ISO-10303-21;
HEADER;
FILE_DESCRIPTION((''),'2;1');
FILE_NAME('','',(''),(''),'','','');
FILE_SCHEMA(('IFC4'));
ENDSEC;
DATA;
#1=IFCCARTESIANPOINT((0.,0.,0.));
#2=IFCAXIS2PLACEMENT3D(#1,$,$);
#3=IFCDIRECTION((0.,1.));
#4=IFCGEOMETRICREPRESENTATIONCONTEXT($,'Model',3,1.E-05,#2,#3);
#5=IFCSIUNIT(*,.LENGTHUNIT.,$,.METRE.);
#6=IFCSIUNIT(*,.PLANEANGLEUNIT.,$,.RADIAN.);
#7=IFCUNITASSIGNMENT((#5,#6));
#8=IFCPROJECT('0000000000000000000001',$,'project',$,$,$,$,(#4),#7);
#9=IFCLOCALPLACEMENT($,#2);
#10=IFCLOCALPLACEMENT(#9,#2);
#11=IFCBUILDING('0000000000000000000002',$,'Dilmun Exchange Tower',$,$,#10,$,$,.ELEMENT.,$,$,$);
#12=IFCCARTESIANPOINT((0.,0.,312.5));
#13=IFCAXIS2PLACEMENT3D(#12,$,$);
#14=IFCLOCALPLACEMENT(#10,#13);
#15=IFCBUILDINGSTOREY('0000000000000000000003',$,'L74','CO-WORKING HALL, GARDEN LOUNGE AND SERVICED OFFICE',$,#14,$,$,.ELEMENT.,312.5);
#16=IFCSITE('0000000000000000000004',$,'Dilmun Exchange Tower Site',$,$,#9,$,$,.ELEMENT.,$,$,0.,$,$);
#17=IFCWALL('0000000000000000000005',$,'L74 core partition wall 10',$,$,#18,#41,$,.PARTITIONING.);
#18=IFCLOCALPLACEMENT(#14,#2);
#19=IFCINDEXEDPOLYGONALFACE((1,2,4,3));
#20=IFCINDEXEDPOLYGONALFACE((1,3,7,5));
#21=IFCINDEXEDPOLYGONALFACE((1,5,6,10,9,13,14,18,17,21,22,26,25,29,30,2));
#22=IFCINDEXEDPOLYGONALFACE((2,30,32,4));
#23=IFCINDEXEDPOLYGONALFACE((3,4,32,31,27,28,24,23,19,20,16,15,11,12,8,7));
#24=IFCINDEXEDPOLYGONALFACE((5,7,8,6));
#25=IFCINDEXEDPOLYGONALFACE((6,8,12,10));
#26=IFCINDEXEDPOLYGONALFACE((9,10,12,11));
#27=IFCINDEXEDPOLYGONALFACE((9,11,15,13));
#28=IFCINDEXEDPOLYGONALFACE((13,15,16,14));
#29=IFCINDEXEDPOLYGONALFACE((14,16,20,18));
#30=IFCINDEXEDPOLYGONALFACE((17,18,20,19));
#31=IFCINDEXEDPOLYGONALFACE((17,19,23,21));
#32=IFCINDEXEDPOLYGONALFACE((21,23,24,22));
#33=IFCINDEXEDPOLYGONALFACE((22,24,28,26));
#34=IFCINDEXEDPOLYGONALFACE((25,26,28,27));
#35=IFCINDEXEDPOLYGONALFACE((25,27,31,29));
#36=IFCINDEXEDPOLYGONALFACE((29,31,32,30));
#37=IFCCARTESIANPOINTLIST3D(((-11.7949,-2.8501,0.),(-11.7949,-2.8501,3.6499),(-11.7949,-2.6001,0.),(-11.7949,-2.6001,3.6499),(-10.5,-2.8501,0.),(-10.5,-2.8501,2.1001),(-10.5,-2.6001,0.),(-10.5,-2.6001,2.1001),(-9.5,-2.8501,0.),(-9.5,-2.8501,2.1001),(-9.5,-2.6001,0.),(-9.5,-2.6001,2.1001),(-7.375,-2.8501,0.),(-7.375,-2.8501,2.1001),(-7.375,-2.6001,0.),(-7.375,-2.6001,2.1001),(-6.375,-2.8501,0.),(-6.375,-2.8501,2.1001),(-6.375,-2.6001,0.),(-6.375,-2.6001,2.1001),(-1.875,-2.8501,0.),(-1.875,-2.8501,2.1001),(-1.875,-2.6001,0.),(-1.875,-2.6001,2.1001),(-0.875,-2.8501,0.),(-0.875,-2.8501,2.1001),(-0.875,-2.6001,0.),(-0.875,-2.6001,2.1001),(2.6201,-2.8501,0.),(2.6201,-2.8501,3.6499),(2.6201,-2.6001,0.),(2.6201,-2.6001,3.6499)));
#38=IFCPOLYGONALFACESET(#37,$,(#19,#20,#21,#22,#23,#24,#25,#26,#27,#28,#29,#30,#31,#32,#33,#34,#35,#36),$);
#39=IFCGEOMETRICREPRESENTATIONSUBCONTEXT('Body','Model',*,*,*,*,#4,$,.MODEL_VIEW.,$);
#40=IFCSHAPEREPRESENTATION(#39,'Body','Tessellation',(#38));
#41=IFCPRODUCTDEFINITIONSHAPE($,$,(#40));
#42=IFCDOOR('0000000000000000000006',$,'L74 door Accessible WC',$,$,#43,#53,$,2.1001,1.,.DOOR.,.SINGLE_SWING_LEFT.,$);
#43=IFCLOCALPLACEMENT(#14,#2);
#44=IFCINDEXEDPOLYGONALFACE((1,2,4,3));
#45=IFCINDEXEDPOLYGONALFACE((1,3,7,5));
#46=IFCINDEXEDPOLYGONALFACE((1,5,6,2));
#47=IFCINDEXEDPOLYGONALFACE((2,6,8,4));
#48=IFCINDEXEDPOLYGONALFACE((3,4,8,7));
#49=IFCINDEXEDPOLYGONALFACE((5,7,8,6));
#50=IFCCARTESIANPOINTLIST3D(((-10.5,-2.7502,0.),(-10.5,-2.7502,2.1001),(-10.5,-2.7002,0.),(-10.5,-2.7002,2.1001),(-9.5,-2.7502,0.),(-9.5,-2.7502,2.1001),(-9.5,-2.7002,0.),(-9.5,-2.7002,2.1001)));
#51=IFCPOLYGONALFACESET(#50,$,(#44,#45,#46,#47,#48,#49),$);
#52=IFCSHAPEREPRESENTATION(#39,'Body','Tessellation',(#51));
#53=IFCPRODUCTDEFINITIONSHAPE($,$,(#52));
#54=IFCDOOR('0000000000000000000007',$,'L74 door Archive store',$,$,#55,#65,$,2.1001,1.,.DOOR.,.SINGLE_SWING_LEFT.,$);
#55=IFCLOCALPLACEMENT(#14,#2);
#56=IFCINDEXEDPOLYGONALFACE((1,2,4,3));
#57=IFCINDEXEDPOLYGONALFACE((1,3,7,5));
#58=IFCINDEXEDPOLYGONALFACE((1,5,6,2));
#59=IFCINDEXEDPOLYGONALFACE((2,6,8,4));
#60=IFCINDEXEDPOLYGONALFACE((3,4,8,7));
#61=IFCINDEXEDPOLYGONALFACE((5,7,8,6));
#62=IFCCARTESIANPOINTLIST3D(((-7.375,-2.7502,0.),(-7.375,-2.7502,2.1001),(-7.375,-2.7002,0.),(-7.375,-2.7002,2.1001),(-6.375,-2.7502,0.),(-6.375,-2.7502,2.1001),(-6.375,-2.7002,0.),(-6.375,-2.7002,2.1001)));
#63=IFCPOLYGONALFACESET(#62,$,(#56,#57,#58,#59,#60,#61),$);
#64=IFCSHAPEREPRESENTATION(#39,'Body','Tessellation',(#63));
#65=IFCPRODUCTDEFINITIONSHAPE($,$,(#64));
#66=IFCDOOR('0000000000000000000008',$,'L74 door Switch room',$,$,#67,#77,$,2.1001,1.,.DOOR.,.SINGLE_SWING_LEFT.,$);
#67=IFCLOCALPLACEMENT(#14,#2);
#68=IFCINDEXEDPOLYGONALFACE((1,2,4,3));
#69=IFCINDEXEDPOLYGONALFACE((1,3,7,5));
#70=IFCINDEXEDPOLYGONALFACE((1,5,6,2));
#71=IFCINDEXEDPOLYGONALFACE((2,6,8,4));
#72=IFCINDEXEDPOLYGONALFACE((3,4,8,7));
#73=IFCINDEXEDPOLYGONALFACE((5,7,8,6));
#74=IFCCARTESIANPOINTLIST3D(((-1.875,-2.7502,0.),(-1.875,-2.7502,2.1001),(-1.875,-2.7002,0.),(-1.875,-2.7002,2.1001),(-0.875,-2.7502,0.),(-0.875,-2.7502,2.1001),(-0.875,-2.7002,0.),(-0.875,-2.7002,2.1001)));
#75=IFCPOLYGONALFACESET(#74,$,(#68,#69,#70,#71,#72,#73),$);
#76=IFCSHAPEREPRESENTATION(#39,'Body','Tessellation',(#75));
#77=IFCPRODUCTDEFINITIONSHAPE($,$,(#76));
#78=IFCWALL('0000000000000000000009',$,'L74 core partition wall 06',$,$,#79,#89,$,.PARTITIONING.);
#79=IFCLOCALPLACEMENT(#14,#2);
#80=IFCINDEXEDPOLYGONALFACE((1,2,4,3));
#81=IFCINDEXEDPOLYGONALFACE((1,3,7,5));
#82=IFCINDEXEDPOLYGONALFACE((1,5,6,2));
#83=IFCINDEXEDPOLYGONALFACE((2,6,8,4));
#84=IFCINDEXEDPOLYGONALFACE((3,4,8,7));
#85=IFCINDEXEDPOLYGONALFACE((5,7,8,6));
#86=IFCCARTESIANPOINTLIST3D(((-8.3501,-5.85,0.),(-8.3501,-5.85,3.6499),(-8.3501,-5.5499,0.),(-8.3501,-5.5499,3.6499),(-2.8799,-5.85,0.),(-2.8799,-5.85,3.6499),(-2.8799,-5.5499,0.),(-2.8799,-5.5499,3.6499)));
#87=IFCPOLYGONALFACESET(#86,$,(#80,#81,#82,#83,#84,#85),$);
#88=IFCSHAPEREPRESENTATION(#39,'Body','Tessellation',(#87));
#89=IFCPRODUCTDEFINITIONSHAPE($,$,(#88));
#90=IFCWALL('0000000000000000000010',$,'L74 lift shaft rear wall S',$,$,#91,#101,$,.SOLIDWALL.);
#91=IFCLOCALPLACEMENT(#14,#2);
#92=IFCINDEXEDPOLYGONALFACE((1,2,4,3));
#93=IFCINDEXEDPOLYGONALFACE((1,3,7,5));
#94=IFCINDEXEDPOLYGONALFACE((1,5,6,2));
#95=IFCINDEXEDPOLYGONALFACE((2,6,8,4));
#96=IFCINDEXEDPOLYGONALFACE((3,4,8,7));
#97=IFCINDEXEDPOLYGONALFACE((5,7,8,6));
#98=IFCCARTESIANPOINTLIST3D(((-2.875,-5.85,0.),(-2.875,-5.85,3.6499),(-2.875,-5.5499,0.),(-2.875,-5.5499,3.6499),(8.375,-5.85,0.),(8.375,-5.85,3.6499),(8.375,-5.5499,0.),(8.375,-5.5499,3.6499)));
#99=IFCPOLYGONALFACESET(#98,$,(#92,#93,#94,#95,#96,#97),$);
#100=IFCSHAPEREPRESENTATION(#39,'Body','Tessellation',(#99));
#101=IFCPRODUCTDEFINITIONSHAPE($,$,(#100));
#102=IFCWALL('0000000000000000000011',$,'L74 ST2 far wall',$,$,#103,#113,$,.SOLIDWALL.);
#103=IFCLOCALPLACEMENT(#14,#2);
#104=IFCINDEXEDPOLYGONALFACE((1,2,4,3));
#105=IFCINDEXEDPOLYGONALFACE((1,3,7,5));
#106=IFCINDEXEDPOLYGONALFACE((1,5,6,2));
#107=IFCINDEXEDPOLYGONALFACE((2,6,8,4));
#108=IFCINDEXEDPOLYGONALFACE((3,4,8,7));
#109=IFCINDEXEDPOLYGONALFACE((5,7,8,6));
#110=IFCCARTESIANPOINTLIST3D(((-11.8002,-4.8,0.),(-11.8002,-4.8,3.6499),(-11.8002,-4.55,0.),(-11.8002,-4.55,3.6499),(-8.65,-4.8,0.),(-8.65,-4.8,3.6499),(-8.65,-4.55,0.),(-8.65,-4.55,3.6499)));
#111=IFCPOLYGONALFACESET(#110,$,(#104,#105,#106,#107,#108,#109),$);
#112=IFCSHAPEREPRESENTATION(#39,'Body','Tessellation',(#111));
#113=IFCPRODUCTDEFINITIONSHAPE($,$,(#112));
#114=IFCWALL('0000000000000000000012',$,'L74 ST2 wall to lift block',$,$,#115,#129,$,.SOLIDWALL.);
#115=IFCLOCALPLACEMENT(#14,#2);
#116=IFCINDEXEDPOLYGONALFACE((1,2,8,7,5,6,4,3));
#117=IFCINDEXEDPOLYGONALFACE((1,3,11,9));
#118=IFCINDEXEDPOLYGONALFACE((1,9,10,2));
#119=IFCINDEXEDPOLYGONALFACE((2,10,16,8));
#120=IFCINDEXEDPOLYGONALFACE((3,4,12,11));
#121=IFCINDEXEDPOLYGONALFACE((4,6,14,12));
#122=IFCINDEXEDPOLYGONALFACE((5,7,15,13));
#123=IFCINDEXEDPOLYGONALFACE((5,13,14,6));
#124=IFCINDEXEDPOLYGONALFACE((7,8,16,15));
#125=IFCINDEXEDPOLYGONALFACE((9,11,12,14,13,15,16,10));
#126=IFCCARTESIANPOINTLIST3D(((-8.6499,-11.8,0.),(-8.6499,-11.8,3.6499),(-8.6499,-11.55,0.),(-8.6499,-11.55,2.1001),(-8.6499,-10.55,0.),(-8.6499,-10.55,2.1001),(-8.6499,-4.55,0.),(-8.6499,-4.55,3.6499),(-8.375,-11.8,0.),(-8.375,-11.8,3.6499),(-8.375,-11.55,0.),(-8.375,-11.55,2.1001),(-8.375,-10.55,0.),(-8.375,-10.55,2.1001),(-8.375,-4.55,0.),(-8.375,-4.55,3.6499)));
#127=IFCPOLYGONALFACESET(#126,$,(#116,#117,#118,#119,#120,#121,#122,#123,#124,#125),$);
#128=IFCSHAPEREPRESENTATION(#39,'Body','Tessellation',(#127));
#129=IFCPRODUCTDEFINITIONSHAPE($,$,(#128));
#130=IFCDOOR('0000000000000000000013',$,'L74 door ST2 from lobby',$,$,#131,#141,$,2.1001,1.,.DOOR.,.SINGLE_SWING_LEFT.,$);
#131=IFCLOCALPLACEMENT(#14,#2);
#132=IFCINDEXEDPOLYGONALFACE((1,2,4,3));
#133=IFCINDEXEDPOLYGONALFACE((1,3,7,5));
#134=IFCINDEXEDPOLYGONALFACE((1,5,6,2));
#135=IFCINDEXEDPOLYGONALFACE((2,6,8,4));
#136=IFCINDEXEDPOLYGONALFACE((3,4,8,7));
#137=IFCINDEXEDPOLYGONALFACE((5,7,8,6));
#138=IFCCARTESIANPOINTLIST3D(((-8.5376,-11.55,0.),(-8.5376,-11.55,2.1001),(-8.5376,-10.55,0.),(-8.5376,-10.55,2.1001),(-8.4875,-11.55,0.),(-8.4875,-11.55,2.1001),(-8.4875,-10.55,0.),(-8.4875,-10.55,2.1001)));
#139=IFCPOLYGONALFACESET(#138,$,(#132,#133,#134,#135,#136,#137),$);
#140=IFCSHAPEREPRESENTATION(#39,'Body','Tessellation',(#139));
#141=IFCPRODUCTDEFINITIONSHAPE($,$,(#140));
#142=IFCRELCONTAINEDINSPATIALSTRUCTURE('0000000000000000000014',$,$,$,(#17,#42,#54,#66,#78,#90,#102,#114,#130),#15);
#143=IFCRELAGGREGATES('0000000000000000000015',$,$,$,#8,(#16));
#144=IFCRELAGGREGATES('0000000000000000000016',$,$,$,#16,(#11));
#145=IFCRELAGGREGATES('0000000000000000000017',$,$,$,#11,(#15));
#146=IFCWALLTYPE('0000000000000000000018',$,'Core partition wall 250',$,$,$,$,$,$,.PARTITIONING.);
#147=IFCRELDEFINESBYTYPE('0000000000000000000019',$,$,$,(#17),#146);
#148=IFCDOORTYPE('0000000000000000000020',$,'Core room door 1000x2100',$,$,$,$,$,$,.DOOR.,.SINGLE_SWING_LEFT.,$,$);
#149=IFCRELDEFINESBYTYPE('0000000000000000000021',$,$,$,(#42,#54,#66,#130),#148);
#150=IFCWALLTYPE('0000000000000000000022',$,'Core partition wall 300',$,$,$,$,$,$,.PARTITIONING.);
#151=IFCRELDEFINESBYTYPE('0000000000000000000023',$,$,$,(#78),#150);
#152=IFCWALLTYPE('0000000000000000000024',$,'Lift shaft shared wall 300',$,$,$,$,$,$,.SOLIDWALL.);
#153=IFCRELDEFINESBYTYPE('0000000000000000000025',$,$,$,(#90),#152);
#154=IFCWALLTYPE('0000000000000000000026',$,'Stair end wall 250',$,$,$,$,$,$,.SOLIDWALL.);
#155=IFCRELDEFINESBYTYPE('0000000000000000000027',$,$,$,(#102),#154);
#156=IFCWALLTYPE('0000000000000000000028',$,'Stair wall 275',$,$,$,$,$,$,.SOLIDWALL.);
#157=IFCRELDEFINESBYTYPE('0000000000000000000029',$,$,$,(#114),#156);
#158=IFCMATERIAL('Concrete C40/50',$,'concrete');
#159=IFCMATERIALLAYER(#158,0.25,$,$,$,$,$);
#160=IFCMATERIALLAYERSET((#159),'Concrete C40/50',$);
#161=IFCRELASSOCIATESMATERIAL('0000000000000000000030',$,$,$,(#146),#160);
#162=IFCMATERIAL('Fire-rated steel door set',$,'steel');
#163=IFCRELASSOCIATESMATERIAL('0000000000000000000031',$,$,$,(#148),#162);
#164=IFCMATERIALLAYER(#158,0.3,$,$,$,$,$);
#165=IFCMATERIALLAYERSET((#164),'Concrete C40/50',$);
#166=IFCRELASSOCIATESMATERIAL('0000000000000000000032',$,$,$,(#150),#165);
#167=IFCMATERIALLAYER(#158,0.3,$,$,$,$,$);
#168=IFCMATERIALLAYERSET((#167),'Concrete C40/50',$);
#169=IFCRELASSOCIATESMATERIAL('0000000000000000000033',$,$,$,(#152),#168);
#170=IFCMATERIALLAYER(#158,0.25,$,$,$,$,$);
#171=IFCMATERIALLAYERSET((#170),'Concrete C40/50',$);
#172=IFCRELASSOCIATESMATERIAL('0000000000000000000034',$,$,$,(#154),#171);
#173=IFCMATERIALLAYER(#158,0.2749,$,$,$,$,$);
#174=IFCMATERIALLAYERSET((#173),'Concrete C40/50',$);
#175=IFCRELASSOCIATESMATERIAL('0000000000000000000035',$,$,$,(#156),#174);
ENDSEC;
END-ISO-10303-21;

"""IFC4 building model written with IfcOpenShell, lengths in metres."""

from ifc_helpers import new_model, si_unit, direction, frame, frame_2d, origin, place, context, subcontext, project, spatial, rectangle, extrude, material, layer, layer_set, type_object, element, fill, save


model = new_model("IFC4")

# Units and contexts
model_context = context("Model", 3, precision=1e-05, world=origin(), true_north=direction((0.0, 1.0)))
body_context = subcontext(model_context, "Body", "Model", "MODEL_VIEW")
ifc_project = project(units=[si_unit("LENGTHUNIT", "METRE"), si_unit("PLANEANGLEUNIT", "RADIAN")], contexts=[model_context])

# Site, building, storey
site_placement = place(None, origin())
site = spatial("IfcSite", under=ifc_project, at=site_placement, Name="Dilmun Exchange Tower Site", CompositionType="ELEMENT", RefElevation=0.0)
building_placement = place(site_placement, origin())
building = spatial("IfcBuilding", under=site, at=building_placement, Name="Dilmun Exchange Tower", CompositionType="ELEMENT")
storey_placement = place(building_placement, frame((0.0, 0.0, 312.5)))
storey = spatial("IfcBuildingStorey", under=building, at=storey_placement, Name="L74", Description="CO-WORKING HALL, GARDEN LOUNGE AND SERVICED OFFICE", CompositionType="ELEMENT", Elevation=312.5)

# Shared definitions
ifc_material_1 = material(Name="Concrete C40/50", Category="concrete")

# Shared definitions
ifc_layer_1 = layer(ifc_material_1, 0.25)
ifc_layer_set_1 = layer_set([ifc_layer_1], Name="Concrete C40/50")
wall_type_1 = type_object("IfcWallType", Name="Core partition wall 250", PredefinedType="PARTITIONING", material=ifc_layer_set_1)

# Wall, openings, doors
wall_1_placement = place(storey_placement, frame((-11.7949, -2.7251, 0.0), z_axis=(0.0, 0.0, 1.0), x_axis=(1.0, 0.0, 0.0)))
wall_1 = element("IfcWall", 1, at=wall_1_placement, inside=storey, type_object=wall_type_1, Name="L74 core partition wall 10", PredefinedType="PARTITIONING", context=body_context, shape_type="SweptSolid", body=[
    extrude(rectangle(XDim=14.415, YDim=0.25, at=frame_2d((7.2075, 0.0))), origin(), (0.0, 0.0, 1.0), 3.6499),
])
opening_1_placement = place(wall_1_placement, frame((1.2949, 0.0, 0.0)))
opening_1 = element("IfcOpeningElement", 2, at=opening_1_placement, cuts=wall_1, PredefinedType="OPENING", context=body_context, shape_type="SweptSolid", body=[
    extrude(rectangle(XDim=1.0, YDim=2.1001, at=frame_2d((0.5, 1.05))), frame((0.0, 0.135, 0.0), z_axis=(0.0, -1.0, 0.0), x_axis=(1.0, 0.0, 0.0)), (0.0, 0.0, 1.0), 0.27),
])
opening_2_placement = place(wall_1_placement, frame((4.4199, 0.0, 0.0)))
opening_2 = element("IfcOpeningElement", 3, at=opening_2_placement, cuts=wall_1, PredefinedType="OPENING", context=body_context, shape_type="SweptSolid", body=[
    extrude(rectangle(XDim=1.0, YDim=2.1001, at=frame_2d((0.5, 1.05))), frame((0.0, 0.135, 0.0), z_axis=(0.0, -1.0, 0.0), x_axis=(1.0, 0.0, 0.0)), (0.0, 0.0, 1.0), 0.27),
])
opening_3_placement = place(wall_1_placement, frame((9.9199, 0.0, 0.0)))
opening_3 = element("IfcOpeningElement", 4, at=opening_3_placement, cuts=wall_1, PredefinedType="OPENING", context=body_context, shape_type="SweptSolid", body=[
    extrude(rectangle(XDim=1.0, YDim=2.1001, at=frame_2d((0.5, 1.05))), frame((0.0, 0.135, 0.0), z_axis=(0.0, -1.0, 0.0), x_axis=(1.0, 0.0, 0.0)), (0.0, 0.0, 1.0), 0.27),
])
ifc_material_2 = material(Name="Fire-rated steel door set", Category="steel")
door_type = type_object("IfcDoorType", Name="Core room door 1000x2100", OperationType="SINGLE_SWING_LEFT", PredefinedType="DOOR", material=ifc_material_2)
door_1_placement = place(opening_1_placement, origin())
door_1 = element("IfcDoor", 5, at=door_1_placement, inside=storey, type_object=door_type, Name="L74 door Accessible WC", OperationType="SINGLE_SWING_LEFT", OverallHeight=2.1001, OverallWidth=1.0, PredefinedType="DOOR", context=body_context, shape_type="SweptSolid", body=[
    extrude(rectangle(XDim=1.0, YDim=2.1001, at=frame_2d((0.5, 1.05))), frame((0.0, 0.0249, 0.0), z_axis=(0.0, -1.0, 0.0), x_axis=(1.0, 0.0, 0.0)), (0.0, 0.0, 1.0), 0.05),
])
fill(opening_1, door_1)
door_2_placement = place(opening_2_placement, origin())
door_2 = element("IfcDoor", 6, at=door_2_placement, inside=storey, type_object=door_type, Name="L74 door Archive store", OperationType="SINGLE_SWING_LEFT", OverallHeight=2.1001, OverallWidth=1.0, PredefinedType="DOOR", context=body_context, shape_type="SweptSolid", body=[
    extrude(rectangle(XDim=1.0, YDim=2.1001, at=frame_2d((0.5, 1.05))), frame((0.0, 0.0249, 0.0), z_axis=(0.0, -1.0, 0.0), x_axis=(1.0, 0.0, 0.0)), (0.0, 0.0, 1.0), 0.05),
])
fill(opening_2, door_2)
door_3_placement = place(opening_3_placement, origin())
door_3 = element("IfcDoor", 7, at=door_3_placement, inside=storey, type_object=door_type, Name="L74 door Switch room", OperationType="SINGLE_SWING_LEFT", OverallHeight=2.1001, OverallWidth=1.0, PredefinedType="DOOR", context=body_context, shape_type="SweptSolid", body=[
    extrude(rectangle(XDim=1.0, YDim=2.1001, at=frame_2d((0.5, 1.05))), frame((0.0, 0.0249, 0.0), z_axis=(0.0, -1.0, 0.0), x_axis=(1.0, 0.0, 0.0)), (0.0, 0.0, 1.0), 0.05),
])
fill(opening_3, door_3)

# Walls
ifc_layer_2 = layer(ifc_material_1, 0.3)
ifc_layer_set_2 = layer_set([ifc_layer_2], Name="Concrete C40/50")
wall_type_2 = type_object("IfcWallType", Name="Core partition wall 300", PredefinedType="PARTITIONING", material=ifc_layer_set_2)
wall_2_placement = place(storey_placement, frame((-8.3501, -5.7, 0.0), z_axis=(0.0, 0.0, 1.0), x_axis=(1.0, 0.0, 0.0)))
element("IfcWall", 8, at=wall_2_placement, inside=storey, type_object=wall_type_2, Name="L74 core partition wall 06", PredefinedType="PARTITIONING", context=body_context, shape_type="SweptSolid", body=[
    extrude(rectangle(XDim=5.4702, YDim=0.3, at=frame_2d((2.7351, 0.0))), origin(), (0.0, 0.0, 1.0), 3.6499),
])
ifc_layer_3 = layer(ifc_material_1, 0.3)
ifc_layer_set_3 = layer_set([ifc_layer_3], Name="Concrete C40/50")
wall_type_3 = type_object("IfcWallType", Name="Lift shaft shared wall 300", PredefinedType="SOLIDWALL", material=ifc_layer_set_3)
wall_3_placement = place(storey_placement, frame((-2.875, -5.7, 0.0), z_axis=(0.0, 0.0, 1.0), x_axis=(1.0, 0.0, 0.0)))
element("IfcWall", 9, at=wall_3_placement, inside=storey, type_object=wall_type_3, Name="L74 lift shaft rear wall S", PredefinedType="SOLIDWALL", context=body_context, shape_type="SweptSolid", body=[
    extrude(rectangle(XDim=11.25, YDim=0.3, at=frame_2d((5.625, 0.0))), origin(), (0.0, 0.0, 1.0), 3.6499),
])
ifc_layer_4 = layer(ifc_material_1, 0.25)
ifc_layer_set_4 = layer_set([ifc_layer_4], Name="Concrete C40/50")
wall_type_4 = type_object("IfcWallType", Name="Stair end wall 250", PredefinedType="SOLIDWALL", material=ifc_layer_set_4)
wall_4_placement = place(storey_placement, frame((-8.6499, -4.675, 0.0), z_axis=(0.0, 0.0, 1.0), x_axis=(-1.0, 0.0, 0.0)))
element("IfcWall", 10, at=wall_4_placement, inside=storey, type_object=wall_type_4, Name="L74 ST2 far wall", PredefinedType="SOLIDWALL", context=body_context, shape_type="SweptSolid", body=[
    extrude(rectangle(XDim=3.1501, YDim=0.25, at=frame_2d((1.5752, 0.0))), origin(), (0.0, 0.0, 1.0), 3.6499),
])

# Wall, opening, door
ifc_layer_5 = layer(ifc_material_1, 0.2749)
ifc_layer_set_5 = layer_set([ifc_layer_5], Name="Concrete C40/50")
wall_type_5 = type_object("IfcWallType", Name="Stair wall 275", PredefinedType="SOLIDWALL", material=ifc_layer_set_5)
wall_5_placement = place(storey_placement, frame((-8.5125, -4.55, 0.0), z_axis=(0.0, 0.0, 1.0), x_axis=(0.0, -1.0, 0.0)))
wall_5 = element("IfcWall", 11, at=wall_5_placement, inside=storey, type_object=wall_type_5, Name="L74 ST2 wall to lift block", PredefinedType="SOLIDWALL", context=body_context, shape_type="SweptSolid", body=[
    extrude(rectangle(XDim=7.25, YDim=0.2749, at=frame_2d((3.625, 0.0))), origin(), (0.0, 0.0, 1.0), 3.6499),
])
opening_4_placement = place(wall_5_placement, frame((6.0, 0.0, 0.0)))
opening_4 = element("IfcOpeningElement", 12, at=opening_4_placement, cuts=wall_5, PredefinedType="OPENING", context=body_context, shape_type="SweptSolid", body=[
    extrude(rectangle(XDim=1.0, YDim=2.1001, at=frame_2d((0.5, 1.05))), frame((0.0, 0.1475, 0.0), z_axis=(0.0, -1.0, 0.0), x_axis=(1.0, 0.0, 0.0)), (0.0, 0.0, 1.0), 0.2949),
])
door_4_placement = place(opening_4_placement, origin())
door_4 = element("IfcDoor", 13, at=door_4_placement, inside=storey, type_object=door_type, Name="L74 door ST2 from lobby", OperationType="SINGLE_SWING_LEFT", OverallHeight=2.1001, OverallWidth=1.0, PredefinedType="DOOR", context=body_context, shape_type="SweptSolid", body=[
    extrude(rectangle(XDim=1.0, YDim=2.1001, at=frame_2d((0.5, 1.05))), frame((0.0, 0.0249, 0.0), z_axis=(0.0, -1.0, 0.0), x_axis=(1.0, 0.0, 0.0)), (0.0, 0.0, 1.0), 0.05),
])
fill(opening_4, door_4)

save(model, "model.ifc")
